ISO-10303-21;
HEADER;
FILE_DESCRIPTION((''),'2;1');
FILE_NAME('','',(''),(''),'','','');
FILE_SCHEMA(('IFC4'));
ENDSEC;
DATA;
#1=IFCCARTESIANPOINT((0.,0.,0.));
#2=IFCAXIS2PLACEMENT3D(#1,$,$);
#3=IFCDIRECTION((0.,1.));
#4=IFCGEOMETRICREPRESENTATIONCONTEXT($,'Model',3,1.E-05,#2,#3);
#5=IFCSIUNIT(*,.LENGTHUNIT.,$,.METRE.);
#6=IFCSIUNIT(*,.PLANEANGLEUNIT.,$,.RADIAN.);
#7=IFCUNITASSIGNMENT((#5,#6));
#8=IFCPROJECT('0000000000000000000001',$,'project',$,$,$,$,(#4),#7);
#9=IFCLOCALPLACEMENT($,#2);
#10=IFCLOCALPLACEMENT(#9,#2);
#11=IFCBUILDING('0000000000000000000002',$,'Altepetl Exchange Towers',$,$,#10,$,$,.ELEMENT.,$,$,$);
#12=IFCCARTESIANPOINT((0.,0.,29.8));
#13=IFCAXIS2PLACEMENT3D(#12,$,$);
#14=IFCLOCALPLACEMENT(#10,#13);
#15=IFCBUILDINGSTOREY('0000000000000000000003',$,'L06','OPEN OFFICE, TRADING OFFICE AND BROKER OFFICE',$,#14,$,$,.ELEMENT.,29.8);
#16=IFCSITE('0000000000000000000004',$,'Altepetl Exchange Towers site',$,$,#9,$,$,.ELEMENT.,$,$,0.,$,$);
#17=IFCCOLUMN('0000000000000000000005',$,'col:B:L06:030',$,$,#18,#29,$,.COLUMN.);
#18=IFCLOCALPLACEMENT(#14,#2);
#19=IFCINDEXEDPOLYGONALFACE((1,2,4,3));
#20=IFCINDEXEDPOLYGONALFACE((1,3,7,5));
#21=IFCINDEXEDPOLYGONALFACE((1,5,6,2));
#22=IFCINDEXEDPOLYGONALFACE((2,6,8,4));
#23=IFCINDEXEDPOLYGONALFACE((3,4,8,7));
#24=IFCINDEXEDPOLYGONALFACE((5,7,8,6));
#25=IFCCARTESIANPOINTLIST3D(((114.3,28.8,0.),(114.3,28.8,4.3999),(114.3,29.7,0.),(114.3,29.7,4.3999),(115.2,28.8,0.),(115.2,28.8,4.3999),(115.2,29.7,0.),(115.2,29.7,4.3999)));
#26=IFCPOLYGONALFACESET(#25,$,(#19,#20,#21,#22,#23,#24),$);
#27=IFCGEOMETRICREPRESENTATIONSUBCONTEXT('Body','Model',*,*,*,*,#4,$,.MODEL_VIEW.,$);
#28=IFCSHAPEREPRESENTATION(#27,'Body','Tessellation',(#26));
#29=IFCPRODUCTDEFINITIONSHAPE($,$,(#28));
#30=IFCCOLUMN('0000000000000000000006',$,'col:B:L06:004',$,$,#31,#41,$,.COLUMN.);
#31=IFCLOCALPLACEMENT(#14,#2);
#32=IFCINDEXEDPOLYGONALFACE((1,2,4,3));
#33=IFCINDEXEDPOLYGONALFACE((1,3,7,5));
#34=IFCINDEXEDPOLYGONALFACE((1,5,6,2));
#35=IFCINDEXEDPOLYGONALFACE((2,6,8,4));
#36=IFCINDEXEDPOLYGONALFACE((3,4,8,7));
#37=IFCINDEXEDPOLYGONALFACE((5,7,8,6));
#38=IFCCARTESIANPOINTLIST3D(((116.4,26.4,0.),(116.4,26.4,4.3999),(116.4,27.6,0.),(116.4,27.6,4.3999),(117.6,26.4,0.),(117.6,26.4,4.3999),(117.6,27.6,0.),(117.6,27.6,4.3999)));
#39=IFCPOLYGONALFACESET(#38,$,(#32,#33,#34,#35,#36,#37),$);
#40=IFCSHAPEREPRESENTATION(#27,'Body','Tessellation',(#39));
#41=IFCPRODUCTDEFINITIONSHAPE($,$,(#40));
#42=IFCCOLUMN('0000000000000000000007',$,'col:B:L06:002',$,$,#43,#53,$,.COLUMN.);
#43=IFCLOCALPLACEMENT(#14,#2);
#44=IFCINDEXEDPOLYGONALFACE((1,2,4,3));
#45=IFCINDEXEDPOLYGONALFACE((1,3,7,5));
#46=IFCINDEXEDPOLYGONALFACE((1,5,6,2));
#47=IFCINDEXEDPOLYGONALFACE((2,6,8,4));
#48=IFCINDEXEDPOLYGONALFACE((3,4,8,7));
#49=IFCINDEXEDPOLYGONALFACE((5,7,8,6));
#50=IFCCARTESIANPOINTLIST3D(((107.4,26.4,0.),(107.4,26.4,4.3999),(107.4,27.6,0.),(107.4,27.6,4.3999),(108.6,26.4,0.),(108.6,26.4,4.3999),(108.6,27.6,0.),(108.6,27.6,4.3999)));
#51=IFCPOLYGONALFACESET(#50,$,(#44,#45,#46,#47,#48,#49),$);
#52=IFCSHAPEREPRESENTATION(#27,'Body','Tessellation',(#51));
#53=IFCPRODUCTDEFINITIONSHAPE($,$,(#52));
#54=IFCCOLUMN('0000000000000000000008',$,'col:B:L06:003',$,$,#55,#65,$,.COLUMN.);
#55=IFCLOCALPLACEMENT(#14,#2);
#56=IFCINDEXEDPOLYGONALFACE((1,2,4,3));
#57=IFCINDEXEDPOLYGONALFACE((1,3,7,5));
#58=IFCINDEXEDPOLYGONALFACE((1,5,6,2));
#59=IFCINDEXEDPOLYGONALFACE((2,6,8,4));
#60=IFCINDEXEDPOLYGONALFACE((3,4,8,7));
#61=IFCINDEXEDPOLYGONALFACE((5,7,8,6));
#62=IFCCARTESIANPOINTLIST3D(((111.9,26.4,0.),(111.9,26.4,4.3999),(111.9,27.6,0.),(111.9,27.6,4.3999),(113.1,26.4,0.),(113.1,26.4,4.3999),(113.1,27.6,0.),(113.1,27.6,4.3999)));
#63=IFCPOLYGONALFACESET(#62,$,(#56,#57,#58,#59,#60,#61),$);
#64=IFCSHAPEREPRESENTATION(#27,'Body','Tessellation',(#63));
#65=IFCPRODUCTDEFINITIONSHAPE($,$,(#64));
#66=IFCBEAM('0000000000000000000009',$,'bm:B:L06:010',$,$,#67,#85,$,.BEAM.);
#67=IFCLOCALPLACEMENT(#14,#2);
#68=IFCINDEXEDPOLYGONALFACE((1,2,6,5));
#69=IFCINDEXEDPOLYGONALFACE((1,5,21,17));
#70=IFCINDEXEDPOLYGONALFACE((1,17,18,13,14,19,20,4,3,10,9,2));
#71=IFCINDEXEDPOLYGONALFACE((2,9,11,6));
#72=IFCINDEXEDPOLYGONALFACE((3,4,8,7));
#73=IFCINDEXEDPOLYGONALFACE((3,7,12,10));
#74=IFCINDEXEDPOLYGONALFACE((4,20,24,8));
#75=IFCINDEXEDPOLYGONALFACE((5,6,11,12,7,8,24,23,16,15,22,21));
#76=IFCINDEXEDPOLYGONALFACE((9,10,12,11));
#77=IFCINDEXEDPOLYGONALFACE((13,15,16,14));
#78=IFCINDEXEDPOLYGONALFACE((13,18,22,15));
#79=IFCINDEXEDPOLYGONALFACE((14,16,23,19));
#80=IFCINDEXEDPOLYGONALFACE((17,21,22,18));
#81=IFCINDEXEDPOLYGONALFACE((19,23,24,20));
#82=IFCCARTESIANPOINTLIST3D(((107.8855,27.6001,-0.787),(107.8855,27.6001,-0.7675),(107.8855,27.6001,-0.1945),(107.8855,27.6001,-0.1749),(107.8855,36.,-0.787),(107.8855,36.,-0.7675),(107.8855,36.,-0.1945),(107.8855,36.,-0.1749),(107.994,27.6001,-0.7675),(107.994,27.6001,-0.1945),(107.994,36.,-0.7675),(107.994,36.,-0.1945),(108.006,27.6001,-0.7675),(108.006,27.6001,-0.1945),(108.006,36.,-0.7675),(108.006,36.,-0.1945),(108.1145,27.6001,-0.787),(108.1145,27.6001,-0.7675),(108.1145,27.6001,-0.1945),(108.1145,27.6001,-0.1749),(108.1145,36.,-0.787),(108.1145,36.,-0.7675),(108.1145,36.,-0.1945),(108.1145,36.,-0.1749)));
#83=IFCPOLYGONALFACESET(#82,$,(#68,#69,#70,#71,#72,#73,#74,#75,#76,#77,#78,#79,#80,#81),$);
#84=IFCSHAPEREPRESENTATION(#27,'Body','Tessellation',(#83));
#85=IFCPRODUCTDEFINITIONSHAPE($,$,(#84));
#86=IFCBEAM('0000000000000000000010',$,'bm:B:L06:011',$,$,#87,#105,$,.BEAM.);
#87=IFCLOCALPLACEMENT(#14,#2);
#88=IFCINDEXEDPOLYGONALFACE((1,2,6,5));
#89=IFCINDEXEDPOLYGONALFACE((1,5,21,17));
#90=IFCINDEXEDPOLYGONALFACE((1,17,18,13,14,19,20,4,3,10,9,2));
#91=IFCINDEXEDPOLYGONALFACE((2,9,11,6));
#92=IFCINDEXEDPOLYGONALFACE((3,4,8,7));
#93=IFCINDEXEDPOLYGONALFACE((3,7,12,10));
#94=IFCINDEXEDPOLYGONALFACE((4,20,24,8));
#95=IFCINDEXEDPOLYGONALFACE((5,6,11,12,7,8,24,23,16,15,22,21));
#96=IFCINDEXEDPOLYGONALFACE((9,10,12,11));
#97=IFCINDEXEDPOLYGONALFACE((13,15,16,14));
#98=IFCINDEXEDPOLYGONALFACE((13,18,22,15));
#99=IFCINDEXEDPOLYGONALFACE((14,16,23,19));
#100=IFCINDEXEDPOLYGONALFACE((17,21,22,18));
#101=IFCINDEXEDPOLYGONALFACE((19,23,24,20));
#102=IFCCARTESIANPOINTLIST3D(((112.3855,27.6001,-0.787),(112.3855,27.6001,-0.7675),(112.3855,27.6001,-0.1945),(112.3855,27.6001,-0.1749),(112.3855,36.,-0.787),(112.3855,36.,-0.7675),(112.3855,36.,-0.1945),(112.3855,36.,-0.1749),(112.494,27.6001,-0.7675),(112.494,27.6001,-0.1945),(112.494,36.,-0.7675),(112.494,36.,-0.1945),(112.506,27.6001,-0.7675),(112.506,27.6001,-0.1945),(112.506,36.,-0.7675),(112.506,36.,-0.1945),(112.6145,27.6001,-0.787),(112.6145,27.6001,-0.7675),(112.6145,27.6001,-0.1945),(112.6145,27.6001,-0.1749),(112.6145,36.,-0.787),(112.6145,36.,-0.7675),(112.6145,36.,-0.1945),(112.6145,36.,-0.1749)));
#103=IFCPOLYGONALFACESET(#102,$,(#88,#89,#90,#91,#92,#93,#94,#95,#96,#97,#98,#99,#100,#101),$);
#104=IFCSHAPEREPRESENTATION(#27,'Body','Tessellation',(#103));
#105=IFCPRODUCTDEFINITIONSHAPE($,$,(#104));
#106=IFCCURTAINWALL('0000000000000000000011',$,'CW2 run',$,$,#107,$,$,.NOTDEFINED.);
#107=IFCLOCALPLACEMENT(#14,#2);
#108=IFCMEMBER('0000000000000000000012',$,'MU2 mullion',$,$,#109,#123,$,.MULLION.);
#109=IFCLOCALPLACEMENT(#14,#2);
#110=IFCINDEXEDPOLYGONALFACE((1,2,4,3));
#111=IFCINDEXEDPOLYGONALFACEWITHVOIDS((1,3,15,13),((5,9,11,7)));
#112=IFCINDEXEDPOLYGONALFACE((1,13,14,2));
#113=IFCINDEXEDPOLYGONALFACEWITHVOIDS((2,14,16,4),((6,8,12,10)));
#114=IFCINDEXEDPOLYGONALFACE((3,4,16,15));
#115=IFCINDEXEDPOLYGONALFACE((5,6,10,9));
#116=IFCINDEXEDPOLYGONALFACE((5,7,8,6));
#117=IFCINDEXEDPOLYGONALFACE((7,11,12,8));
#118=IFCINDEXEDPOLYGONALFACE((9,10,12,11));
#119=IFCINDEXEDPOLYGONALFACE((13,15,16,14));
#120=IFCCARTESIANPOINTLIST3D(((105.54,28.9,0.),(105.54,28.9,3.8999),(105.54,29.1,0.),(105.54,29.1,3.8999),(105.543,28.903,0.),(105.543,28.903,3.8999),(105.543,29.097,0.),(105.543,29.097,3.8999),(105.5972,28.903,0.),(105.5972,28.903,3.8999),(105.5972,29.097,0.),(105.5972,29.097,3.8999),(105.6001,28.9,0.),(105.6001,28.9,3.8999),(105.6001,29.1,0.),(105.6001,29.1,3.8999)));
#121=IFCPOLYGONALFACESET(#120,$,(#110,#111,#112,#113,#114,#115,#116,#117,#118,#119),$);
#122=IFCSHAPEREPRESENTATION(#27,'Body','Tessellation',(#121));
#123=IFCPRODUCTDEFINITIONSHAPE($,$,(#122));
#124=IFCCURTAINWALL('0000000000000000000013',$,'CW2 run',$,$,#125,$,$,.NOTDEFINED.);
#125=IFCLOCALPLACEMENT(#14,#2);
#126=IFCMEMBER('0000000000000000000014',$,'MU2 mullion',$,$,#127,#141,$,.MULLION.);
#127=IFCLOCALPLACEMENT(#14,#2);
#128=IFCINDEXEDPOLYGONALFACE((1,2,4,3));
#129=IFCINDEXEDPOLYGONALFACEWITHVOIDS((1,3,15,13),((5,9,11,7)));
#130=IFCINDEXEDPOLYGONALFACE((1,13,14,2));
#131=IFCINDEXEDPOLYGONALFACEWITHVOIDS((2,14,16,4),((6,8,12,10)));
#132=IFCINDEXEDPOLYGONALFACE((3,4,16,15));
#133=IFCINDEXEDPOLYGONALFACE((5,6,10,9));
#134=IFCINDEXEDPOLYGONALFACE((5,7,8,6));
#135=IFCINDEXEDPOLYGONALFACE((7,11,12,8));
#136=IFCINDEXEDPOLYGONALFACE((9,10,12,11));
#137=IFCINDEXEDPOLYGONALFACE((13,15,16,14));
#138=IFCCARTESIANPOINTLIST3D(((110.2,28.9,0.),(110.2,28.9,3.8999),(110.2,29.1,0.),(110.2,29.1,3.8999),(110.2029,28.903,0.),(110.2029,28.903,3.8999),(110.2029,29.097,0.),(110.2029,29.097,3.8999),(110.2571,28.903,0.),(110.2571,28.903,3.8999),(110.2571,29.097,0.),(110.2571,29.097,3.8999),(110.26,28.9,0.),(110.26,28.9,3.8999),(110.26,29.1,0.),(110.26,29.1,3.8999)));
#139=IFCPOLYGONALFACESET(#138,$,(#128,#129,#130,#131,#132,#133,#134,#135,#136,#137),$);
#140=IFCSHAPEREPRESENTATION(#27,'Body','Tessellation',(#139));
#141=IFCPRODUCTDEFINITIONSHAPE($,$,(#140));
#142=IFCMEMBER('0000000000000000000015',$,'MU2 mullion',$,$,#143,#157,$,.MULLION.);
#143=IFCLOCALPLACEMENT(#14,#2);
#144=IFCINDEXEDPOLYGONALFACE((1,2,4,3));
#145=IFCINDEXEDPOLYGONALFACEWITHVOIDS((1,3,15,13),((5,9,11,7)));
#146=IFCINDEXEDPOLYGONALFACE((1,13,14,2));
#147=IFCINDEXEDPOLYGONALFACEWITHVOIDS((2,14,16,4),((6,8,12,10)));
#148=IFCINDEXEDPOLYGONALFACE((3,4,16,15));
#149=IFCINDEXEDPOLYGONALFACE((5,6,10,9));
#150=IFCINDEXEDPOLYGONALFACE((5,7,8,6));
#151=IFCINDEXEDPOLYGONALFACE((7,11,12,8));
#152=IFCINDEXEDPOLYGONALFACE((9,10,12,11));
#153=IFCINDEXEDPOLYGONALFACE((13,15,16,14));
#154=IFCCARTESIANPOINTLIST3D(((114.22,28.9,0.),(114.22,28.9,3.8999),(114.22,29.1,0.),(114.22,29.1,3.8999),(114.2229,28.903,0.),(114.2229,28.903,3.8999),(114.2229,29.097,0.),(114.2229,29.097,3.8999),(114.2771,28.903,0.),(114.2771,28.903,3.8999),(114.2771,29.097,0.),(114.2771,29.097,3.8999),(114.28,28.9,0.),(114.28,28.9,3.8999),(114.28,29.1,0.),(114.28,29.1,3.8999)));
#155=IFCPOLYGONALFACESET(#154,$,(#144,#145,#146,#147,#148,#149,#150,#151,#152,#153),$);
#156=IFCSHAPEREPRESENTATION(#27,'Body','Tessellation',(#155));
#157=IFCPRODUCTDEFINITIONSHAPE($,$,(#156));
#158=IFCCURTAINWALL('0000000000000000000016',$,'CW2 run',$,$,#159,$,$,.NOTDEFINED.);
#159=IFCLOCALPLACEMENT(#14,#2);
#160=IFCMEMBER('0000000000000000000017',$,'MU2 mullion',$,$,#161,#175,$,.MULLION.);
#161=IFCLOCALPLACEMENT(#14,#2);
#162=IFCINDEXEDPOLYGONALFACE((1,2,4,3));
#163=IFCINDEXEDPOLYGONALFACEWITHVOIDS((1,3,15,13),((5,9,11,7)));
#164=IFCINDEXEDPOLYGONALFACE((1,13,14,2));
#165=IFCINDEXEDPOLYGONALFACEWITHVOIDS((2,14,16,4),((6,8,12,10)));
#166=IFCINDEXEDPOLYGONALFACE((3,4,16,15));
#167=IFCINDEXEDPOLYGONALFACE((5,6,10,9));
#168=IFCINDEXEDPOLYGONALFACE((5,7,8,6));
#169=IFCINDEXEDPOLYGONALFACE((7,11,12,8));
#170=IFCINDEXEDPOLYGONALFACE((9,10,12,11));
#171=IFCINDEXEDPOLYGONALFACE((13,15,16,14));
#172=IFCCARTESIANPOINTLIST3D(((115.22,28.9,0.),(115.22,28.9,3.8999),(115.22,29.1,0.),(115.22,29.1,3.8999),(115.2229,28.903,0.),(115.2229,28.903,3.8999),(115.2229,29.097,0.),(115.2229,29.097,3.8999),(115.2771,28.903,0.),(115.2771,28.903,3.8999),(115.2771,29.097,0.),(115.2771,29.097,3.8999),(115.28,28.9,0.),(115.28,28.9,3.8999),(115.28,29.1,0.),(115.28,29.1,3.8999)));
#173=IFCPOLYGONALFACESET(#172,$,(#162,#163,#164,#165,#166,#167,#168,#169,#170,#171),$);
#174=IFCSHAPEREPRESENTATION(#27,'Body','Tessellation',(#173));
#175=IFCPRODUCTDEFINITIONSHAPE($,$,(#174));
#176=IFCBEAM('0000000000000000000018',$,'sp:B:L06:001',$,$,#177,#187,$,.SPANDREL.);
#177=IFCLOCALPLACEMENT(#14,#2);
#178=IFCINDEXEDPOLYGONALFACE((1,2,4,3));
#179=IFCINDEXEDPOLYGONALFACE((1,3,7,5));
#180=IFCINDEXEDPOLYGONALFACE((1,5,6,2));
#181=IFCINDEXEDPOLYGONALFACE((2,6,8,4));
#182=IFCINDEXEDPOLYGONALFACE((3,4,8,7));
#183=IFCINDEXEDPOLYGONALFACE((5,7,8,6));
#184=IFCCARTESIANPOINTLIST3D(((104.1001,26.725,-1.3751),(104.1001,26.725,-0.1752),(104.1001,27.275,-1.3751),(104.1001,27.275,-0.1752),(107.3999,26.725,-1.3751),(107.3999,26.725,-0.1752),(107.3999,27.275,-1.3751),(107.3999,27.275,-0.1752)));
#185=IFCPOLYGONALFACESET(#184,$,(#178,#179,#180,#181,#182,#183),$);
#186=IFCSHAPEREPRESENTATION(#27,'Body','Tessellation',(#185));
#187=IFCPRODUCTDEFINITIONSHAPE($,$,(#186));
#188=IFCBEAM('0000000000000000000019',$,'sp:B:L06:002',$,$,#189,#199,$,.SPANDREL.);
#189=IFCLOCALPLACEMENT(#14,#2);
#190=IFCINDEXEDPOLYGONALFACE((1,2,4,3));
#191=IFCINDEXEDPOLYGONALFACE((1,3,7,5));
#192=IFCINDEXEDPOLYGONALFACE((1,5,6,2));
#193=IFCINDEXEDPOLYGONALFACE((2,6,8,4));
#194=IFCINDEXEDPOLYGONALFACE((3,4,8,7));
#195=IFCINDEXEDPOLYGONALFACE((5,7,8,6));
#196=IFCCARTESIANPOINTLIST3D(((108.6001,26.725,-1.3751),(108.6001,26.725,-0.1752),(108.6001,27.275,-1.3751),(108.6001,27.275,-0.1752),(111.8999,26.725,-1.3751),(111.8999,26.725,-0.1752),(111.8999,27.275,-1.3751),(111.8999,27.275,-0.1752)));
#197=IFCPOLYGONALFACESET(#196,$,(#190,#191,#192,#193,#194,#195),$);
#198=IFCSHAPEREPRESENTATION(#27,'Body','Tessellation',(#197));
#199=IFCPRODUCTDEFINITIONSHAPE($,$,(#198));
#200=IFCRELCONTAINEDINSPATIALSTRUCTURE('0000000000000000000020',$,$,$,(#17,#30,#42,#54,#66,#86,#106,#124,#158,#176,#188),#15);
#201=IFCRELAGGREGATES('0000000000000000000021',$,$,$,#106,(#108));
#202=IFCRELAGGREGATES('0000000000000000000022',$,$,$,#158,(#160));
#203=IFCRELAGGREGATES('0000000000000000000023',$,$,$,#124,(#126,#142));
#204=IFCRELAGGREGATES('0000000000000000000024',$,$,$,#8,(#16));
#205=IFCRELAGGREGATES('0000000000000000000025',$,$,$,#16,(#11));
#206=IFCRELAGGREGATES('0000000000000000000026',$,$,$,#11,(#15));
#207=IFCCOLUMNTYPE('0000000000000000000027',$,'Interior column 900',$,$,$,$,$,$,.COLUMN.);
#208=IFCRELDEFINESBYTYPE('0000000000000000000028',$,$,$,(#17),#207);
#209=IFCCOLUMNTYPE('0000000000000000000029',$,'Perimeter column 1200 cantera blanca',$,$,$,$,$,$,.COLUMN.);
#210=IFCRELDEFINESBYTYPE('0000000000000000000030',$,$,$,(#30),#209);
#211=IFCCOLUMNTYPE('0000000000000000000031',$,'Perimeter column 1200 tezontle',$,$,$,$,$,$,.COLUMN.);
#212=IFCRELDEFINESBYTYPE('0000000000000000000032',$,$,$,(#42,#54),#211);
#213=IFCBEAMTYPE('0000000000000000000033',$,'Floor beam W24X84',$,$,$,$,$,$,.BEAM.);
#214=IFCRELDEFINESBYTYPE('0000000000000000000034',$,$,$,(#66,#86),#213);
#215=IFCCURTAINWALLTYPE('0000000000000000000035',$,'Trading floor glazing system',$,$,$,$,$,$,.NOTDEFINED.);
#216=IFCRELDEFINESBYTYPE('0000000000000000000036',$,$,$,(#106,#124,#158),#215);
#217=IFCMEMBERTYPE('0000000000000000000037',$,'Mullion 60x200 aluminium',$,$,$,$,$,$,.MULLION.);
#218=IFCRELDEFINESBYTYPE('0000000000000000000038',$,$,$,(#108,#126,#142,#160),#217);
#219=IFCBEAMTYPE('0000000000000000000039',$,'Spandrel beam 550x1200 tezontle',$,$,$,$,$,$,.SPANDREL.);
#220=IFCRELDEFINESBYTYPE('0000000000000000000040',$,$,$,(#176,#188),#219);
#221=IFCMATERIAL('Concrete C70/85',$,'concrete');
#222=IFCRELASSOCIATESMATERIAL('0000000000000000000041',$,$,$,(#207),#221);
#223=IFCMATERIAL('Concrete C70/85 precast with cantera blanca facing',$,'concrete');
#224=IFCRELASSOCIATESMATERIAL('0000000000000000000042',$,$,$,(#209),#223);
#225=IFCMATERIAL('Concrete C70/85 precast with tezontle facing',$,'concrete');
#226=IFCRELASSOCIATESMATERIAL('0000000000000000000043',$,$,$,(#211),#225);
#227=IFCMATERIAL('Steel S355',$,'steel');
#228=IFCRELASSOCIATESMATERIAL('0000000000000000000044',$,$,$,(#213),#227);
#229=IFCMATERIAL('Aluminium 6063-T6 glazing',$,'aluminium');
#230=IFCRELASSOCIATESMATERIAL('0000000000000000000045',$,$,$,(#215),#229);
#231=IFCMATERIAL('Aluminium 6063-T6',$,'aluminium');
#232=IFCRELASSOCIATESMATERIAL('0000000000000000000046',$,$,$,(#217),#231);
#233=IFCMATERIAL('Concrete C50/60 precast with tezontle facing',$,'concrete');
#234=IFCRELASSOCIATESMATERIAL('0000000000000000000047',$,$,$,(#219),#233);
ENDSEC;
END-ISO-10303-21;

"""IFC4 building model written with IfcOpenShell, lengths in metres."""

from ifc_helpers import new_model, si_unit, direction, frame, origin, origin_2d, place, context, subcontext, project, spatial, rectangle, hollow_rectangle, i_section, extrude, material, material_profile, profile_set, type_object, element, aggregate, save


model = new_model("IFC4")

# Units and contexts
model_context = context("Model", 3, precision=1e-05, world=origin(), true_north=direction((0.0, 1.0)))
body_context = subcontext(model_context, "Body", "Model", "MODEL_VIEW")
ifc_project = project(units=[si_unit("LENGTHUNIT", "METRE"), si_unit("PLANEANGLEUNIT", "RADIAN")], contexts=[model_context])

# Site, building, storey
site_placement = place(None, origin())
site = spatial("IfcSite", under=ifc_project, at=site_placement, Name="Altepetl Exchange Towers site", CompositionType="ELEMENT", RefElevation=0.0)
building_placement = place(site_placement, origin())
building = spatial("IfcBuilding", under=site, at=building_placement, Name="Altepetl Exchange Towers", CompositionType="ELEMENT")
storey_placement = place(building_placement, frame((0.0, 0.0, 29.8)))
storey = spatial("IfcBuildingStorey", under=building, at=storey_placement, Name="L06", Description="OPEN OFFICE, TRADING OFFICE AND BROKER OFFICE", CompositionType="ELEMENT", Elevation=29.8)

# Columns
ifc_material_1 = material(Name="Concrete C70/85", Category="concrete")
ifc_material_profile_1 = material_profile(ifc_material_1, rectangle(XDim=0.8999, YDim=0.8999, at=origin_2d()), Name="900 x 900")
ifc_profile_set_1 = profile_set([ifc_material_profile_1], Name="Concrete C70/85")
column_type_1 = type_object("IfcColumnType", Name="Interior column 900", PredefinedType="COLUMN", material=ifc_profile_set_1)
column_1_placement = place(storey_placement, frame((114.75, 29.25, 0.0)))
element("IfcColumn", 1, at=column_1_placement, inside=storey, type_object=column_type_1, Name="col:B:L06:030", PredefinedType="COLUMN", context=body_context, shape_type="SweptSolid", body=[
    extrude(rectangle(XDim=0.8999, YDim=0.8999, at=origin_2d()), origin(), (0.0, 0.0, 1.0), 4.3999),
])
ifc_material_2 = material(Name="Concrete C70/85 precast with cantera blanca facing", Category="concrete")
ifc_material_profile_2 = material_profile(ifc_material_2, rectangle(XDim=1.2, YDim=1.2, at=origin_2d()), Name="1200 x 1200")
ifc_profile_set_2 = profile_set([ifc_material_profile_2], Name="Concrete C70/85 precast with cantera blanca facing")
column_type_2 = type_object("IfcColumnType", Name="Perimeter column 1200 cantera blanca", PredefinedType="COLUMN", material=ifc_profile_set_2)
column_2_placement = place(storey_placement, frame((117.0, 27.0, 0.0)))
element("IfcColumn", 2, at=column_2_placement, inside=storey, type_object=column_type_2, Name="col:B:L06:004", PredefinedType="COLUMN", context=body_context, shape_type="SweptSolid", body=[
    extrude(rectangle(XDim=1.2, YDim=1.2, at=origin_2d()), origin(), (0.0, 0.0, 1.0), 4.3999),
])
ifc_material_3 = material(Name="Concrete C70/85 precast with tezontle facing", Category="concrete")
ifc_material_profile_3 = material_profile(ifc_material_3, rectangle(XDim=1.2, YDim=1.2, at=origin_2d()), Name="1200 x 1200")
ifc_profile_set_3 = profile_set([ifc_material_profile_3], Name="Concrete C70/85 precast with tezontle facing")
column_type_3 = type_object("IfcColumnType", Name="Perimeter column 1200 tezontle", PredefinedType="COLUMN", material=ifc_profile_set_3)
for number, where, name in (
    (3, (108.0, 27.0, 0.0), "col:B:L06:002"),
    (4, (112.5, 27.0, 0.0), "col:B:L06:003"),
):
    element("IfcColumn", number, at=place(storey_placement, frame(where)), inside=storey, type_object=column_type_3, Name=name, PredefinedType="COLUMN", context=body_context, shape_type="SweptSolid", body=[
        extrude(rectangle(XDim=1.2, YDim=1.2, at=origin_2d()), origin(), (0.0, 0.0, 1.0), 4.3999),
    ])

# Beams
ifc_material_4 = material(Name="Steel S355", Category="steel")
ifc_material_profile_4 = material_profile(ifc_material_4, i_section(OverallWidth=0.229, OverallDepth=0.6121, WebThickness=0.012, FlangeThickness=0.0195, at=origin_2d()), Name="W24X84")
ifc_profile_set_4 = profile_set([ifc_material_profile_4], Name="Steel S355")
beam_type_1 = type_object("IfcBeamType", Name="Floor beam W24X84", PredefinedType="BEAM", material=ifc_profile_set_4)
for number, where, z_axis, x_axis, name in (
    (5, (108.0, 27.6001, -0.481), (0.0, 1.0, 0.0), (-1.0, 0.0, 0.0), "bm:B:L06:010"),
    (6, (112.5, 27.6001, -0.481), (0.0, 1.0, 0.0), (-1.0, 0.0, 0.0), "bm:B:L06:011"),
):
    element("IfcBeam", number, at=place(storey_placement, frame(where, z_axis=z_axis, x_axis=x_axis)), inside=storey, type_object=beam_type_1, Name=name, PredefinedType="BEAM", context=body_context, shape_type="SweptSolid", body=[
        extrude(i_section(OverallWidth=0.229, OverallDepth=0.6121, WebThickness=0.012, FlangeThickness=0.0195, at=origin_2d()), origin(), (0.0, 0.0, 1.0), 8.3999),
    ])

# Curtain wall, member
ifc_material_5 = material(Name="Aluminium 6063-T6 glazing", Category="aluminium")
curtain_wall_type = type_object("IfcCurtainWallType", Name="Trading floor glazing system", PredefinedType="NOTDEFINED", material=ifc_material_5)
curtain_wall_1_placement = place(storey_placement, origin())
curtain_wall_1 = element("IfcCurtainWall", 7, at=curtain_wall_1_placement, inside=storey, type_object=curtain_wall_type, Name="CW2 run", PredefinedType="NOTDEFINED")
ifc_material_6 = material(Name="Aluminium 6063-T6", Category="aluminium")
ifc_material_profile_5 = material_profile(ifc_material_6, hollow_rectangle(XDim=0.0601, YDim=0.2, WallThickness=0.0029, at=origin_2d()), Name="Mullion 60x200 aluminium")
ifc_profile_set_5 = profile_set([ifc_material_profile_5], Name="Aluminium 6063-T6")
member_type = type_object("IfcMemberType", Name="Mullion 60x200 aluminium", PredefinedType="MULLION", material=ifc_profile_set_5)
member_1_placement = place(storey_placement, frame((105.5701, 29.0, 0.0)))
member_1 = element("IfcMember", 8, at=member_1_placement, type_object=member_type, Name="MU2 mullion", PredefinedType="MULLION", context=body_context, shape_type="SweptSolid", body=[
    extrude(hollow_rectangle(XDim=0.0601, YDim=0.2, WallThickness=0.0029, at=origin_2d()), origin(), (0.0, 0.0, 1.0), 3.8999),
])
aggregate(curtain_wall_1, [member_1])

# Curtain wall, members
curtain_wall_2_placement = place(storey_placement, origin())
curtain_wall_2 = element("IfcCurtainWall", 9, at=curtain_wall_2_placement, inside=storey, type_object=curtain_wall_type, Name="CW2 run", PredefinedType="NOTDEFINED")
member_2_placement = place(storey_placement, frame((110.23, 29.0, 0.0)))
member_2 = element("IfcMember", 10, at=member_2_placement, type_object=member_type, Name="MU2 mullion", PredefinedType="MULLION", context=body_context, shape_type="SweptSolid", body=[
    extrude(hollow_rectangle(XDim=0.0601, YDim=0.2, WallThickness=0.0029, at=origin_2d()), origin(), (0.0, 0.0, 1.0), 3.8999),
])
member_3_placement = place(storey_placement, frame((114.25, 29.0, 0.0)))
member_3 = element("IfcMember", 11, at=member_3_placement, type_object=member_type, Name="MU2 mullion", PredefinedType="MULLION", context=body_context, shape_type="SweptSolid", body=[
    extrude(hollow_rectangle(XDim=0.0601, YDim=0.2, WallThickness=0.0029, at=origin_2d()), origin(), (0.0, 0.0, 1.0), 3.8999),
])

# Curtain wall, member
curtain_wall_3_placement = place(storey_placement, origin())
curtain_wall_3 = element("IfcCurtainWall", 12, at=curtain_wall_3_placement, inside=storey, type_object=curtain_wall_type, Name="CW2 run", PredefinedType="NOTDEFINED")
member_4_placement = place(storey_placement, frame((115.25, 29.0, 0.0)))
member_4 = element("IfcMember", 13, at=member_4_placement, type_object=member_type, Name="MU2 mullion", PredefinedType="MULLION", context=body_context, shape_type="SweptSolid", body=[
    extrude(hollow_rectangle(XDim=0.0601, YDim=0.2, WallThickness=0.0029, at=origin_2d()), origin(), (0.0, 0.0, 1.0), 3.8999),
])
aggregate(curtain_wall_3, [member_4])

# Beams
ifc_material_7 = material(Name="Concrete C50/60 precast with tezontle facing", Category="concrete")
ifc_material_profile_6 = material_profile(ifc_material_7, rectangle(XDim=0.55, YDim=1.2, at=origin_2d()), Name="550 x 1200")
ifc_profile_set_6 = profile_set([ifc_material_profile_6], Name="Concrete C50/60 precast with tezontle facing")
beam_type_2 = type_object("IfcBeamType", Name="Spandrel beam 550x1200 tezontle", PredefinedType="SPANDREL", material=ifc_profile_set_6)
for number, where, z_axis, x_axis, name in (
    (14, (104.1001, 27.0, -0.7751), (1.0, 0.0, 0.0), (0.0, 1.0, 0.0), "sp:B:L06:001"),
    (15, (108.6001, 27.0, -0.7751), (1.0, 0.0, 0.0), (0.0, 1.0, 0.0), "sp:B:L06:002"),
):
    element("IfcBeam", number, at=place(storey_placement, frame(where, z_axis=z_axis, x_axis=x_axis)), inside=storey, type_object=beam_type_2, Name=name, PredefinedType="SPANDREL", context=body_context, shape_type="SweptSolid", body=[
        extrude(rectangle(XDim=0.55, YDim=1.2, at=origin_2d()), origin(), (0.0, 0.0, 1.0), 3.2998),
    ])

aggregate(curtain_wall_2, [member_2, member_3])

save(model, "model.ifc")
